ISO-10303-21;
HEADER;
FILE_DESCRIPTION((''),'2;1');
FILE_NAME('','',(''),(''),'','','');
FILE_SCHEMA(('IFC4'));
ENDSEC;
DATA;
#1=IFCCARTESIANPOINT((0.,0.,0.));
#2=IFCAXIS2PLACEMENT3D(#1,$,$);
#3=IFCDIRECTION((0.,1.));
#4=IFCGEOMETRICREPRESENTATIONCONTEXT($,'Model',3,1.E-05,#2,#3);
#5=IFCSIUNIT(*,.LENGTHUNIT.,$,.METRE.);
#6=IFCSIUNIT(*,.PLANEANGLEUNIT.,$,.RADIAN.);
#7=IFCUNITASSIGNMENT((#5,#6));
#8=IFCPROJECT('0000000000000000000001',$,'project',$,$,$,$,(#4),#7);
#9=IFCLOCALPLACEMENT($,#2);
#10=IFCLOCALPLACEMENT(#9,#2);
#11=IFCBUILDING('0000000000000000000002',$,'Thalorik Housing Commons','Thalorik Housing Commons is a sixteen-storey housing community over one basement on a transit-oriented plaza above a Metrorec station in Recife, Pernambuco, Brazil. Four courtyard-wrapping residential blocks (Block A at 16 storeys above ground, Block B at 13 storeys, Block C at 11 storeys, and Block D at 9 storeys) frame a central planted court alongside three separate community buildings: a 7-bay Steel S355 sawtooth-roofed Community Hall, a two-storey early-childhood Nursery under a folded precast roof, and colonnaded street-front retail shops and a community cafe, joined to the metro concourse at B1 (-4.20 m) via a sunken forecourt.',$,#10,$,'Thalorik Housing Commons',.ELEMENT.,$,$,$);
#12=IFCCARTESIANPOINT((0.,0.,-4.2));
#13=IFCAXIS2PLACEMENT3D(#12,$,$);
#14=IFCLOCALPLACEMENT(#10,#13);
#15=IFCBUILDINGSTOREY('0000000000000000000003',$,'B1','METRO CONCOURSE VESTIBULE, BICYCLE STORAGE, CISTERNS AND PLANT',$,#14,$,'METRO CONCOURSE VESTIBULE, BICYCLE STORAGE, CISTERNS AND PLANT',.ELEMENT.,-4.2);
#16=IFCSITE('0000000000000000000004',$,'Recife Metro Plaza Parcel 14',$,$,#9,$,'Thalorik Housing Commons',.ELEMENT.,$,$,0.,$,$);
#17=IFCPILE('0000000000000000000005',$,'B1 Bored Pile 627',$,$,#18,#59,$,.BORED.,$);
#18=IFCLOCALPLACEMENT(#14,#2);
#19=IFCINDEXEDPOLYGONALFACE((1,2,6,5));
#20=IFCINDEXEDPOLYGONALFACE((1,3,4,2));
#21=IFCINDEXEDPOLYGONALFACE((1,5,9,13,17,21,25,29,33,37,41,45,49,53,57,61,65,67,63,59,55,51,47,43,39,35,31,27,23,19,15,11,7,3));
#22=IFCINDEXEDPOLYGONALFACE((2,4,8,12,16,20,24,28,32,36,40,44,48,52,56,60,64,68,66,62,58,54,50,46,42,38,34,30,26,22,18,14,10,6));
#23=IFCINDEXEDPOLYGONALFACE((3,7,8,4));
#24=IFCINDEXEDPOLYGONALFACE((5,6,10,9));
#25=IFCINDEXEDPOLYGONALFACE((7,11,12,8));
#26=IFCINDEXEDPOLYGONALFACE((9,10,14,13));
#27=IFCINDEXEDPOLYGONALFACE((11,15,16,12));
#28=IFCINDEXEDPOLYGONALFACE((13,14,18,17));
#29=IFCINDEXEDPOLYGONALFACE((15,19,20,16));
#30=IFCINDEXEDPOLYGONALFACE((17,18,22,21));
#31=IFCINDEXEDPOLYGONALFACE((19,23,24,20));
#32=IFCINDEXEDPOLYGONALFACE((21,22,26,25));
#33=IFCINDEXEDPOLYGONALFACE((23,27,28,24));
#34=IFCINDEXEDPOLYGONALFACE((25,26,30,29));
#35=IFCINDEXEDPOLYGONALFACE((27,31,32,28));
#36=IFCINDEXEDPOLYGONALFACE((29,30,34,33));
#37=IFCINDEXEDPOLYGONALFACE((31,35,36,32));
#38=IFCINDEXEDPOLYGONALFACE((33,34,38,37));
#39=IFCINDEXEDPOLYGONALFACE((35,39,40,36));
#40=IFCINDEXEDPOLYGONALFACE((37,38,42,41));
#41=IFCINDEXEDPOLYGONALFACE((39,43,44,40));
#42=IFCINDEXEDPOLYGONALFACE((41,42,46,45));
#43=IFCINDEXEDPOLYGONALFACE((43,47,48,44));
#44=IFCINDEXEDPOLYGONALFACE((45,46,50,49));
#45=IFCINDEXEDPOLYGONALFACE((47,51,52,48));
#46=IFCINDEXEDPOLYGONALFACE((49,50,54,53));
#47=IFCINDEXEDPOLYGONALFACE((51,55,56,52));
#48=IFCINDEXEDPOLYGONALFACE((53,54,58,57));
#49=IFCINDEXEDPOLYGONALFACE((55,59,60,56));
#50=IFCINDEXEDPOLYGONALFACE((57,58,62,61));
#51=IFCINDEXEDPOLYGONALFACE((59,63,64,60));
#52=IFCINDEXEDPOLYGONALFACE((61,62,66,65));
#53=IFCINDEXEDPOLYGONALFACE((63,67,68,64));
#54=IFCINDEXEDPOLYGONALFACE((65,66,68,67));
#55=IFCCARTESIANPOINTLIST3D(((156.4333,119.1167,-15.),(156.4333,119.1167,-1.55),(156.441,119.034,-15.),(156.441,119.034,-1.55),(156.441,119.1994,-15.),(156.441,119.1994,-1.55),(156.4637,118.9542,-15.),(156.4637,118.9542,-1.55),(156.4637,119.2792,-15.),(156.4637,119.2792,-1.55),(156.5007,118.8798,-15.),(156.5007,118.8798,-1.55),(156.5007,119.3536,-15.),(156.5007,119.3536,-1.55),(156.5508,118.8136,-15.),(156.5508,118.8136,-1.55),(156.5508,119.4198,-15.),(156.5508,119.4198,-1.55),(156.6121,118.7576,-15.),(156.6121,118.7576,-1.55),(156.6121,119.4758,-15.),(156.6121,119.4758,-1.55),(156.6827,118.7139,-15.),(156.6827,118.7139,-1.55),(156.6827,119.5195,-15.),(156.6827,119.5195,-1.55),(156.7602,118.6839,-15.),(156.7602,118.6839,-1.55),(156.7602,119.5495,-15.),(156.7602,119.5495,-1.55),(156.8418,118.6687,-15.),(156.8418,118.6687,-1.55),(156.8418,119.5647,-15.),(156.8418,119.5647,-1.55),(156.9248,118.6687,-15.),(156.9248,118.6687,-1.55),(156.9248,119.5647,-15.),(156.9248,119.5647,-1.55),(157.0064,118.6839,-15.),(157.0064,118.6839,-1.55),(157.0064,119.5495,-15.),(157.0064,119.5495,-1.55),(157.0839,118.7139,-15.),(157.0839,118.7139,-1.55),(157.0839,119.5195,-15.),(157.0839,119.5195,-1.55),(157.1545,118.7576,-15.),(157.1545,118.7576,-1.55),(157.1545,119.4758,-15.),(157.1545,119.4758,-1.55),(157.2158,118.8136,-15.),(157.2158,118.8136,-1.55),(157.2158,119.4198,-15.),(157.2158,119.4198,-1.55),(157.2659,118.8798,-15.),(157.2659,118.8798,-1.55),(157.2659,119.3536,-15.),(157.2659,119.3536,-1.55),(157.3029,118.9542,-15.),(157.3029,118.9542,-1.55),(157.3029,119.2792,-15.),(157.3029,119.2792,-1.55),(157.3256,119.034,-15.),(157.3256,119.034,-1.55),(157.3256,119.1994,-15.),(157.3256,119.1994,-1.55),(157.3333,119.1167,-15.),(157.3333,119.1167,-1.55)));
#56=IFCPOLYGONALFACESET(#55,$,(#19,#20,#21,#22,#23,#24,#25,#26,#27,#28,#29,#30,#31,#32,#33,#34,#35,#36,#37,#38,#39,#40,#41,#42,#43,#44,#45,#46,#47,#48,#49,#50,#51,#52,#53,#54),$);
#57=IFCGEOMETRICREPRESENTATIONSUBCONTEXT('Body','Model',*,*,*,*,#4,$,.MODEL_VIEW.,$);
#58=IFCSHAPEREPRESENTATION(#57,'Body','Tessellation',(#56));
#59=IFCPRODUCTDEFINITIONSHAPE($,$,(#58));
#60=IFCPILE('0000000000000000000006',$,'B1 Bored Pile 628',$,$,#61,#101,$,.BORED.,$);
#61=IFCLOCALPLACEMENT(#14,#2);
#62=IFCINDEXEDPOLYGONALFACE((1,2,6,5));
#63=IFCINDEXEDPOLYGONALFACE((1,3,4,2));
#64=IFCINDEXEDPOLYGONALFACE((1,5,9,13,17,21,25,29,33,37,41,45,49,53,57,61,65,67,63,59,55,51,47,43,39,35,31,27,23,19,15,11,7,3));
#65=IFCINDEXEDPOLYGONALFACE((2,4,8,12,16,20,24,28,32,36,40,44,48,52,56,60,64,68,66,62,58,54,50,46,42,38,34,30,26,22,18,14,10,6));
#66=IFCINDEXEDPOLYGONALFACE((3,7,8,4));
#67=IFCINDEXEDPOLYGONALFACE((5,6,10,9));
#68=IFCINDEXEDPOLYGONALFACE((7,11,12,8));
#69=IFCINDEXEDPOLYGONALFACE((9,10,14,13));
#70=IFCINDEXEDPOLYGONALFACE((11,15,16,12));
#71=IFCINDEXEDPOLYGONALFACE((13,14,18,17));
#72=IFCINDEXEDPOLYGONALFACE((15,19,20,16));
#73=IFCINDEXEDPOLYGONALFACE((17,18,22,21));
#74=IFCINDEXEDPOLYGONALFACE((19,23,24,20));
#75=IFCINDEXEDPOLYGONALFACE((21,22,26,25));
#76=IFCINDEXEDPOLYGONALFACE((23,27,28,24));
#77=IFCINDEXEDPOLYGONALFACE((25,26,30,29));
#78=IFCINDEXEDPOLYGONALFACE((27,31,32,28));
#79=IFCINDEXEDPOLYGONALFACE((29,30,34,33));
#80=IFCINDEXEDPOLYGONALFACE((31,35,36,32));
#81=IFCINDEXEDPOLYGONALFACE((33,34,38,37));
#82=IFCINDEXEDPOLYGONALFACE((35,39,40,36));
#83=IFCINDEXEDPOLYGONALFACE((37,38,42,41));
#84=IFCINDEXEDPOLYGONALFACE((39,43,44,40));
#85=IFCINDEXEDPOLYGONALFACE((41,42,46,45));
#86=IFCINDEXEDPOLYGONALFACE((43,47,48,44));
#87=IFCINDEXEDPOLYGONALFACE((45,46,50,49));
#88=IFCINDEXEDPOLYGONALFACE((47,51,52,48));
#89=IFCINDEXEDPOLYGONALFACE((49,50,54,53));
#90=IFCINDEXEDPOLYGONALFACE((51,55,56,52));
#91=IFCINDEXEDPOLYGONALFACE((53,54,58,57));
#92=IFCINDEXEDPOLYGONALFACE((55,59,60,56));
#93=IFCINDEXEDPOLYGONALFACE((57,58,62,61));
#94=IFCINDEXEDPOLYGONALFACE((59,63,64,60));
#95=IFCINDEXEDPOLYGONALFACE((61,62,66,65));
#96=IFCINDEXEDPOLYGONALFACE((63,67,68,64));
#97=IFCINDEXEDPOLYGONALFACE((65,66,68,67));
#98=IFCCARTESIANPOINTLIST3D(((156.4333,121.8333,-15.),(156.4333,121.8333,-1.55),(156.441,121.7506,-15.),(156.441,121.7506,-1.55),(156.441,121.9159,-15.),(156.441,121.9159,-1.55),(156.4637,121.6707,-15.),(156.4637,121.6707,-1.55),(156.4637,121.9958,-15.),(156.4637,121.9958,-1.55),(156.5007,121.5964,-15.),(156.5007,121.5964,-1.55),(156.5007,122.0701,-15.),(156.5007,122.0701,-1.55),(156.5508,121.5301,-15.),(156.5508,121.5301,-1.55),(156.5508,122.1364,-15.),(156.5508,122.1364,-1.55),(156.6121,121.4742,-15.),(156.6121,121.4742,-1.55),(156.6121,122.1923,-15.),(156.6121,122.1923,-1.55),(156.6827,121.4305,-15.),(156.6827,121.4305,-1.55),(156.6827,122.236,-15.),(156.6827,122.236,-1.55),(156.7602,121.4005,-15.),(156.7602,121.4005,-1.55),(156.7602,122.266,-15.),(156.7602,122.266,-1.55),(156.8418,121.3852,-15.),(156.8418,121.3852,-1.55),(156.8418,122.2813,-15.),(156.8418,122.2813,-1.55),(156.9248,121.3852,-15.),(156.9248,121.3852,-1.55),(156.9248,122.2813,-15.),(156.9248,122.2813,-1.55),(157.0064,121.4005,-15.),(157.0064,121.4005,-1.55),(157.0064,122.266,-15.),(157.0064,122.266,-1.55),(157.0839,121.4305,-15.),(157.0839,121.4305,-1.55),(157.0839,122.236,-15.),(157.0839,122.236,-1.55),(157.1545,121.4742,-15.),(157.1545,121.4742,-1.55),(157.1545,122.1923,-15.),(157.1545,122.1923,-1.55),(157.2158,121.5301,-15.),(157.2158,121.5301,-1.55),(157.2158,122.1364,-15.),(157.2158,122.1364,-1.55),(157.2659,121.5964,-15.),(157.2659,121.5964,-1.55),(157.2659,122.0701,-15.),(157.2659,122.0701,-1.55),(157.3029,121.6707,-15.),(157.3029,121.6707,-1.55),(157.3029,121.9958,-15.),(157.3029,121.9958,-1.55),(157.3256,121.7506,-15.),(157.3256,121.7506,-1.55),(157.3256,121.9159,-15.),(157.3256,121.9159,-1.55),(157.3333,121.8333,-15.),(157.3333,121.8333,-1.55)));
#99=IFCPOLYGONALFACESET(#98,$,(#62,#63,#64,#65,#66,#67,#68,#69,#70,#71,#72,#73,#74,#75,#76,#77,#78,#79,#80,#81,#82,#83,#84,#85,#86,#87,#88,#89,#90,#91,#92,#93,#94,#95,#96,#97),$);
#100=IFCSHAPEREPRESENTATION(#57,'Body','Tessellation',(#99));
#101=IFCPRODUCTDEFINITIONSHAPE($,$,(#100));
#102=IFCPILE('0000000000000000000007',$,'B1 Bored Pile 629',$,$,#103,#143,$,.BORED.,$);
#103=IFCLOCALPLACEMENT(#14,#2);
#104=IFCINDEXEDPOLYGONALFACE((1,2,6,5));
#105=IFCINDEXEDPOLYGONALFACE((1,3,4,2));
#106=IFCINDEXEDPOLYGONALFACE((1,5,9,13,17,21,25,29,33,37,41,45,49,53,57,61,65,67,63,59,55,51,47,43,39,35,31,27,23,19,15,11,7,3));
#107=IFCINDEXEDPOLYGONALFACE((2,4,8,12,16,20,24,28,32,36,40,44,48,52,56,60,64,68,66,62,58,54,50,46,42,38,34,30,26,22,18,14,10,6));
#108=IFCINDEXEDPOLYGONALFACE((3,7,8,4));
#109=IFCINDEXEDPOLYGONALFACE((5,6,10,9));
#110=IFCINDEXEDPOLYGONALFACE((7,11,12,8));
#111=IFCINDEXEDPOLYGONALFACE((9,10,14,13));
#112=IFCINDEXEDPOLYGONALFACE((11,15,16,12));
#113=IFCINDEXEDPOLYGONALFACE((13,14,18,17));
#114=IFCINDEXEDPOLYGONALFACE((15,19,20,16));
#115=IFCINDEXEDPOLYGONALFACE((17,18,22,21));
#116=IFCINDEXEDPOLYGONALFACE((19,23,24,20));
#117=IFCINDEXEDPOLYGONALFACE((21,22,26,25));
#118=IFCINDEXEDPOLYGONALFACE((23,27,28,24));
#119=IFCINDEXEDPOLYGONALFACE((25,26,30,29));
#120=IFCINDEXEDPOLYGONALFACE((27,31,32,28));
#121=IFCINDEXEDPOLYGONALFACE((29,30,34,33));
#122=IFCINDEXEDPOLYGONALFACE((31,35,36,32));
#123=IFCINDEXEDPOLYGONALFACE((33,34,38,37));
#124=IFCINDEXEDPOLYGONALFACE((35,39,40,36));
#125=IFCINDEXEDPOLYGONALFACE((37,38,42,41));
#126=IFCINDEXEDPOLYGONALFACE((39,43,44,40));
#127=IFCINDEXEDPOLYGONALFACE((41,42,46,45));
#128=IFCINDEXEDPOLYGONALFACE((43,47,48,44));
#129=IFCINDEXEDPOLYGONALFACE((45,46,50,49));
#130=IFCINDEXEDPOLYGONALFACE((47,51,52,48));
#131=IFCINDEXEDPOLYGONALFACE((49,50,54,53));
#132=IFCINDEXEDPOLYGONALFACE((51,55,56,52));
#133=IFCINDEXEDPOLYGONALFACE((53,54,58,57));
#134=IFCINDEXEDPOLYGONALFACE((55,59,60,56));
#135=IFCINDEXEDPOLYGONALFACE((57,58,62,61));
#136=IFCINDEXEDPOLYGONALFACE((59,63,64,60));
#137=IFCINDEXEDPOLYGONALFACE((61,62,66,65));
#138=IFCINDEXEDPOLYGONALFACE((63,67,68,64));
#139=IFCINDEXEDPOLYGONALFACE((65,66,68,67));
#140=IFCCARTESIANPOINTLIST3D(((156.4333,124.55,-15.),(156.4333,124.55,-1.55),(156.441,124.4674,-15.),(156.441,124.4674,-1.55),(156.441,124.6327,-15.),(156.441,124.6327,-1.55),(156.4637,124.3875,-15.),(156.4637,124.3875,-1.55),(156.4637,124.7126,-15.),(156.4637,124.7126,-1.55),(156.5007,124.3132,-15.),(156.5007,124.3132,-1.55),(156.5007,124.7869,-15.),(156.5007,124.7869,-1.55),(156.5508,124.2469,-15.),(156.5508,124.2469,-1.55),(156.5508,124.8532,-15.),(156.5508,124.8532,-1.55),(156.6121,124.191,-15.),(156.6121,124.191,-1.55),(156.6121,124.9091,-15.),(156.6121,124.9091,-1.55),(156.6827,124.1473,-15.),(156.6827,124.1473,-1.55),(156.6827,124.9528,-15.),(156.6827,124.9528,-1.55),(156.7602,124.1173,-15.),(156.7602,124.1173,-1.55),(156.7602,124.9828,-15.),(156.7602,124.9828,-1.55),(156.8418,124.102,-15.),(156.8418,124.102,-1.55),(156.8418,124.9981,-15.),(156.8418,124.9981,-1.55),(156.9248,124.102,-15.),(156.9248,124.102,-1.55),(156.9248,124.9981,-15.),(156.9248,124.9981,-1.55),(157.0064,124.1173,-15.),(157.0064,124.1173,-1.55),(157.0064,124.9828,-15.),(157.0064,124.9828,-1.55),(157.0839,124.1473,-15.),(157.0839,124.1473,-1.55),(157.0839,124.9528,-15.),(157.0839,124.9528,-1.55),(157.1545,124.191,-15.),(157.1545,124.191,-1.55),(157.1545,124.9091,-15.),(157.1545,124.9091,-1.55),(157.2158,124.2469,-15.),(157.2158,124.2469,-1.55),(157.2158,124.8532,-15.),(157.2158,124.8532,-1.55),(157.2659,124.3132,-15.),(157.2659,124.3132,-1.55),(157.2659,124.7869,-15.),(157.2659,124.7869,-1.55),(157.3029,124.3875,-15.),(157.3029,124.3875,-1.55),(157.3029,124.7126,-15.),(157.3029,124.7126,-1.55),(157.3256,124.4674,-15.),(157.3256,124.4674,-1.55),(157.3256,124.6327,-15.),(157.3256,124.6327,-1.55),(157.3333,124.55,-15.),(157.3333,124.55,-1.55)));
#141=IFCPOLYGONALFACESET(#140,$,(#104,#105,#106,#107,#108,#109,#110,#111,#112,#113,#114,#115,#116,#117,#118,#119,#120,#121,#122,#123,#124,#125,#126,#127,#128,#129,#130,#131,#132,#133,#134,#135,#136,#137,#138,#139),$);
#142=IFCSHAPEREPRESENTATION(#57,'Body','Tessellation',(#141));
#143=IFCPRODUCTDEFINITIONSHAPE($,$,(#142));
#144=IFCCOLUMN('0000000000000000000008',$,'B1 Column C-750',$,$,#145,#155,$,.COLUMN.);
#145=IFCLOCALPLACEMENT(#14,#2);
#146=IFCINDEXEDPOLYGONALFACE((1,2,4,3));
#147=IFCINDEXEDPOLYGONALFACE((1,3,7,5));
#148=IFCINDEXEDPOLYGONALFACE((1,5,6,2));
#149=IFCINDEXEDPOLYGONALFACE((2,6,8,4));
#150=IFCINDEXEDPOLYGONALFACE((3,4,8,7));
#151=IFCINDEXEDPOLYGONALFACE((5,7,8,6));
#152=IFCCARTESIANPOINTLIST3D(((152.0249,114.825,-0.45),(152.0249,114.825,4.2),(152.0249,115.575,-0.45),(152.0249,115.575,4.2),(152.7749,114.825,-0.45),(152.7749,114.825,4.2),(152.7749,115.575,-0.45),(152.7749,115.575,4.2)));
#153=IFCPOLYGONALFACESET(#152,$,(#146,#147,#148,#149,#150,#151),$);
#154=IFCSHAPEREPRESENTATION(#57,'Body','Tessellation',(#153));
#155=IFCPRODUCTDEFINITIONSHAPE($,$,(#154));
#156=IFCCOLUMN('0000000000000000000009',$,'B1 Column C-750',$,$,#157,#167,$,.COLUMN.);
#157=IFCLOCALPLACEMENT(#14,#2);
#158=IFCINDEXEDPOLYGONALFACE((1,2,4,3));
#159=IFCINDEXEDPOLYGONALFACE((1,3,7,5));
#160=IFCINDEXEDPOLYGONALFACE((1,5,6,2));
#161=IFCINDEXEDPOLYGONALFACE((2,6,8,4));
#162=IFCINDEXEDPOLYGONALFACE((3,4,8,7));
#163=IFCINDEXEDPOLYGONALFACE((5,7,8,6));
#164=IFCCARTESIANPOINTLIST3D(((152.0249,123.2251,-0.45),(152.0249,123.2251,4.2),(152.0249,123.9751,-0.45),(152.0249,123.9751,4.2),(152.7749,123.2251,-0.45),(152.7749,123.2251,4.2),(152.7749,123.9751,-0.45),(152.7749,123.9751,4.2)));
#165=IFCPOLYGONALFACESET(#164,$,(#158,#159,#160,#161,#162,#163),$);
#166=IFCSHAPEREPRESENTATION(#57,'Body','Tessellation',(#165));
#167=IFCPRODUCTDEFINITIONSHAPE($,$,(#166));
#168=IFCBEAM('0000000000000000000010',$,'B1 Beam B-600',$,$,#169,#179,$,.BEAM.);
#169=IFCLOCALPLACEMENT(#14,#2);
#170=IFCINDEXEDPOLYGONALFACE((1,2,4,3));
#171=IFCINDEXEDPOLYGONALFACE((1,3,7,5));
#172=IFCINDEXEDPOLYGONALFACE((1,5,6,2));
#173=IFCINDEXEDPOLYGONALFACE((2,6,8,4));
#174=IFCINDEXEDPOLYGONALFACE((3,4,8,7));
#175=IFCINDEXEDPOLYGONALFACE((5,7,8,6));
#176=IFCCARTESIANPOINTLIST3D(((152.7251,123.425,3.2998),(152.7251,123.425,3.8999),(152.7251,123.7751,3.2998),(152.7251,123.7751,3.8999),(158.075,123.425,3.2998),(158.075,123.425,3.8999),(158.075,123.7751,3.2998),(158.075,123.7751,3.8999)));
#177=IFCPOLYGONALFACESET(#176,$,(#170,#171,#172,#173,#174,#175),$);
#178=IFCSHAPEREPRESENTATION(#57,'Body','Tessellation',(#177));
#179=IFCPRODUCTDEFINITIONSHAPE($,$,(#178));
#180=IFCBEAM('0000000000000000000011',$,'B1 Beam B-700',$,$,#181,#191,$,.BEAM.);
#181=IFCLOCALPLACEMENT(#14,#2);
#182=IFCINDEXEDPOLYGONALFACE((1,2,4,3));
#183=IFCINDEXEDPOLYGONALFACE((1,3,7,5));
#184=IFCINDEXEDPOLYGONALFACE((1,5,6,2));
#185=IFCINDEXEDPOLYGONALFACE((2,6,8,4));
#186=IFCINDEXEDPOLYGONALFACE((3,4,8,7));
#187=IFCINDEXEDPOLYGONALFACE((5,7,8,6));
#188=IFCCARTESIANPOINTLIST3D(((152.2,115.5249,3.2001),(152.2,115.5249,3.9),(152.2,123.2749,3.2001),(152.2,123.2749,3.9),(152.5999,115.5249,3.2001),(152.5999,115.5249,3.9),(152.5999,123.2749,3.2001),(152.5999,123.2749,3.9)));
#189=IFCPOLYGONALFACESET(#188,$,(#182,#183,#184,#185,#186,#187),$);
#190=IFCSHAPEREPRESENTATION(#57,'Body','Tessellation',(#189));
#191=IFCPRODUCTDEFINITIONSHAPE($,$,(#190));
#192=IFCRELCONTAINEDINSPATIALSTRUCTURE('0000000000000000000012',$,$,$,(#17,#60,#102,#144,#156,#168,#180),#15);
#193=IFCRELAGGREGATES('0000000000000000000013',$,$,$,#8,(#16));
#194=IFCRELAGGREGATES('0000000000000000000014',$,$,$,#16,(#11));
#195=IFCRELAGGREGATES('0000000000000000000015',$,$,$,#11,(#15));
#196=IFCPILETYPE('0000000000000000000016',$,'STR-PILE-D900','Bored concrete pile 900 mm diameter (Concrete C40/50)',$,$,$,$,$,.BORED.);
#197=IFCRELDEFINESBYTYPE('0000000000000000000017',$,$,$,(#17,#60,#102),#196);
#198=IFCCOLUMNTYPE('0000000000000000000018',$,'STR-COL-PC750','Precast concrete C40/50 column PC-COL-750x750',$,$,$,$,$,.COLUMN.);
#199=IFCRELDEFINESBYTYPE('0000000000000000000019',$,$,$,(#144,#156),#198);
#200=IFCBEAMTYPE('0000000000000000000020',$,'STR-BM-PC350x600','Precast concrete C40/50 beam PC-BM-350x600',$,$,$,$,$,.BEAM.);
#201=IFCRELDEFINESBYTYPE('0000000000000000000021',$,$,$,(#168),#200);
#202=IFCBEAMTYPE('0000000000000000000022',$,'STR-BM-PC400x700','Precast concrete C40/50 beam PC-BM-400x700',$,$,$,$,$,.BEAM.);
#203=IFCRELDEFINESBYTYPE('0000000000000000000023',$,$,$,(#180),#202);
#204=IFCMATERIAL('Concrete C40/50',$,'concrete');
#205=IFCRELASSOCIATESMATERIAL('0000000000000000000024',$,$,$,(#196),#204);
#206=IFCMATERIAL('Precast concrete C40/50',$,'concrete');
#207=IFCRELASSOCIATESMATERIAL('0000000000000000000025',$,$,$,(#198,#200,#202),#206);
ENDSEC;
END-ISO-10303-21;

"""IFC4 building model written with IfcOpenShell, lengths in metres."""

from ifc_helpers import new_model, si_unit, direction, frame, origin, origin_2d, place, context, subcontext, project, spatial, rectangle, circle, extrude, material, material_profile, profile_set, type_object, element, save


model = new_model("IFC4")

# Units and contexts
model_context = context("Model", 3, precision=1e-05, world=origin(), true_north=direction((0.0, 1.0)))
body_context = subcontext(model_context, "Body", "Model", "MODEL_VIEW")
ifc_project = project(units=[si_unit("LENGTHUNIT", "METRE"), si_unit("PLANEANGLEUNIT", "RADIAN")], contexts=[model_context])

# Site, building, storey
site_placement = place(None, origin())
site = spatial("IfcSite", under=ifc_project, at=site_placement, Name="Recife Metro Plaza Parcel 14", LongName="Thalorik Housing Commons", CompositionType="ELEMENT", RefElevation=0.0)
building_placement = place(site_placement, origin())
building = spatial("IfcBuilding", under=site, at=building_placement, Name="Thalorik Housing Commons", Description="Thalorik Housing Commons is a sixteen-storey housing community over one basement on a transit-oriented plaza above a Metrorec station in Recife, Pernambuco, Brazil. Four courtyard-wrapping residential blocks (Block A at 16 storeys above ground, Block B at 13 storeys, Block C at 11 storeys, and Block D at 9 storeys) frame a central planted court alongside three separate community buildings: a 7-bay Steel S355 sawtooth-roofed Community Hall, a two-storey early-childhood Nursery under a folded precast roof, and colonnaded street-front retail shops and a community cafe, joined to the metro concourse at B1 (-4.20 m) via a sunken forecourt.", LongName="Thalorik Housing Commons", CompositionType="ELEMENT")
storey_placement = place(building_placement, frame((0.0, 0.0, -4.2)))
storey = spatial("IfcBuildingStorey", under=building, at=storey_placement, Name="B1", Description="METRO CONCOURSE VESTIBULE, BICYCLE STORAGE, CISTERNS AND PLANT", LongName="METRO CONCOURSE VESTIBULE, BICYCLE STORAGE, CISTERNS AND PLANT", CompositionType="ELEMENT", Elevation=-4.2)

# Piles
ifc_material_1 = material(Name="Concrete C40/50", Category="concrete")
ifc_material_profile_1 = material_profile(ifc_material_1, circle(Radius=0.45, at=origin_2d()), Name="BORED PILE D900", Category="concrete")
ifc_profile_set_1 = profile_set([ifc_material_profile_1], Name="Concrete C40/50")
pile_type = type_object("IfcPileType", Name="STR-PILE-D900", Description="Bored concrete pile 900 mm diameter (Concrete C40/50)", PredefinedType="BORED", material=ifc_profile_set_1)
for number, where, z_axis, x_axis, name in (
    (1, (156.8833, 119.1167, -1.55), (0.0, 0.0, -1.0), (1.0, 0.0, 0.0), "B1 Bored Pile 627"),
    (2, (156.8833, 121.8333, -1.55), (0.0, 0.0, -1.0), (1.0, 0.0, 0.0), "B1 Bored Pile 628"),
    (3, (156.8833, 124.55, -1.55), (0.0, 0.0, -1.0), (1.0, 0.0, 0.0), "B1 Bored Pile 629"),
):
    element("IfcPile", number, at=place(storey_placement, frame(where, z_axis=z_axis, x_axis=x_axis)), inside=storey, type_object=pile_type, Name=name, PredefinedType="BORED", context=body_context, shape_type="SweptSolid", body=[
        extrude(circle(Radius=0.45, at=origin_2d()), origin(), (0.0, 0.0, 1.0), 13.45),
    ])

# Columns
ifc_material_2 = material(Name="Precast concrete C40/50", Category="concrete")
ifc_material_profile_2 = material_profile(ifc_material_2, rectangle(XDim=0.75, YDim=0.75, at=origin_2d()), Name="PC 750x750", Category="concrete")
ifc_profile_set_2 = profile_set([ifc_material_profile_2], Name="Precast concrete C40/50")
column_type = type_object("IfcColumnType", Name="STR-COL-PC750", Description="Precast concrete C40/50 column PC-COL-750x750", PredefinedType="COLUMN", material=ifc_profile_set_2)
for number, where, z_axis, x_axis, name in (
    (4, (152.3999, 115.2, -0.45), (0.0, 0.0, 1.0), (1.0, 0.0, 0.0), "B1 Column C-750"),
    (5, (152.3999, 123.6001, -0.45), (0.0, 0.0, 1.0), (1.0, 0.0, 0.0), "B1 Column C-750"),
):
    element("IfcColumn", number, at=place(storey_placement, frame(where, z_axis=z_axis, x_axis=x_axis)), inside=storey, type_object=column_type, Name=name, PredefinedType="COLUMN", context=body_context, shape_type="SweptSolid", body=[
        extrude(rectangle(XDim=0.75, YDim=0.75, at=origin_2d()), origin(), (0.0, 0.0, 1.0), 4.6499),
    ])

# Beams
ifc_material_profile_3 = material_profile(ifc_material_2, rectangle(XDim=0.3501, YDim=0.6001, at=origin_2d()), Name="PC 350x600", Category="concrete")
ifc_profile_set_3 = profile_set([ifc_material_profile_3], Name="Precast concrete C40/50")
beam_type_1 = type_object("IfcBeamType", Name="STR-BM-PC350x600", Description="Precast concrete C40/50 beam PC-BM-350x600", PredefinedType="BEAM", material=ifc_profile_set_3)
beam_1_placement = place(storey_placement, frame((152.7251, 123.6001, 3.5999), z_axis=(1.0, 0.0, 0.0), x_axis=(0.0, 1.0, 0.0)))
element("IfcBeam", 6, at=beam_1_placement, inside=storey, type_object=beam_type_1, Name="B1 Beam B-600", PredefinedType="BEAM", context=body_context, shape_type="SweptSolid", body=[
    extrude(rectangle(XDim=0.3501, YDim=0.6001, at=origin_2d()), origin(), (0.0, 0.0, 1.0), 5.3499),
])
ifc_material_profile_4 = material_profile(ifc_material_2, rectangle(XDim=0.3999, YDim=0.7, at=origin_2d()), Name="PC 400x700", Category="concrete")
ifc_profile_set_4 = profile_set([ifc_material_profile_4], Name="Precast concrete C40/50")
beam_type_2 = type_object("IfcBeamType", Name="STR-BM-PC400x700", Description="Precast concrete C40/50 beam PC-BM-400x700", PredefinedType="BEAM", material=ifc_profile_set_4)
beam_2_placement = place(storey_placement, frame((152.3999, 115.5249, 3.55), z_axis=(0.0, 1.0, 0.0), x_axis=(-1.0, 0.0, 0.0)))
element("IfcBeam", 7, at=beam_2_placement, inside=storey, type_object=beam_type_2, Name="B1 Beam B-700", PredefinedType="BEAM", context=body_context, shape_type="SweptSolid", body=[
    extrude(rectangle(XDim=0.3999, YDim=0.7, at=origin_2d()), origin(), (0.0, 0.0, 1.0), 7.75),
])

save(model, "model.ifc")
